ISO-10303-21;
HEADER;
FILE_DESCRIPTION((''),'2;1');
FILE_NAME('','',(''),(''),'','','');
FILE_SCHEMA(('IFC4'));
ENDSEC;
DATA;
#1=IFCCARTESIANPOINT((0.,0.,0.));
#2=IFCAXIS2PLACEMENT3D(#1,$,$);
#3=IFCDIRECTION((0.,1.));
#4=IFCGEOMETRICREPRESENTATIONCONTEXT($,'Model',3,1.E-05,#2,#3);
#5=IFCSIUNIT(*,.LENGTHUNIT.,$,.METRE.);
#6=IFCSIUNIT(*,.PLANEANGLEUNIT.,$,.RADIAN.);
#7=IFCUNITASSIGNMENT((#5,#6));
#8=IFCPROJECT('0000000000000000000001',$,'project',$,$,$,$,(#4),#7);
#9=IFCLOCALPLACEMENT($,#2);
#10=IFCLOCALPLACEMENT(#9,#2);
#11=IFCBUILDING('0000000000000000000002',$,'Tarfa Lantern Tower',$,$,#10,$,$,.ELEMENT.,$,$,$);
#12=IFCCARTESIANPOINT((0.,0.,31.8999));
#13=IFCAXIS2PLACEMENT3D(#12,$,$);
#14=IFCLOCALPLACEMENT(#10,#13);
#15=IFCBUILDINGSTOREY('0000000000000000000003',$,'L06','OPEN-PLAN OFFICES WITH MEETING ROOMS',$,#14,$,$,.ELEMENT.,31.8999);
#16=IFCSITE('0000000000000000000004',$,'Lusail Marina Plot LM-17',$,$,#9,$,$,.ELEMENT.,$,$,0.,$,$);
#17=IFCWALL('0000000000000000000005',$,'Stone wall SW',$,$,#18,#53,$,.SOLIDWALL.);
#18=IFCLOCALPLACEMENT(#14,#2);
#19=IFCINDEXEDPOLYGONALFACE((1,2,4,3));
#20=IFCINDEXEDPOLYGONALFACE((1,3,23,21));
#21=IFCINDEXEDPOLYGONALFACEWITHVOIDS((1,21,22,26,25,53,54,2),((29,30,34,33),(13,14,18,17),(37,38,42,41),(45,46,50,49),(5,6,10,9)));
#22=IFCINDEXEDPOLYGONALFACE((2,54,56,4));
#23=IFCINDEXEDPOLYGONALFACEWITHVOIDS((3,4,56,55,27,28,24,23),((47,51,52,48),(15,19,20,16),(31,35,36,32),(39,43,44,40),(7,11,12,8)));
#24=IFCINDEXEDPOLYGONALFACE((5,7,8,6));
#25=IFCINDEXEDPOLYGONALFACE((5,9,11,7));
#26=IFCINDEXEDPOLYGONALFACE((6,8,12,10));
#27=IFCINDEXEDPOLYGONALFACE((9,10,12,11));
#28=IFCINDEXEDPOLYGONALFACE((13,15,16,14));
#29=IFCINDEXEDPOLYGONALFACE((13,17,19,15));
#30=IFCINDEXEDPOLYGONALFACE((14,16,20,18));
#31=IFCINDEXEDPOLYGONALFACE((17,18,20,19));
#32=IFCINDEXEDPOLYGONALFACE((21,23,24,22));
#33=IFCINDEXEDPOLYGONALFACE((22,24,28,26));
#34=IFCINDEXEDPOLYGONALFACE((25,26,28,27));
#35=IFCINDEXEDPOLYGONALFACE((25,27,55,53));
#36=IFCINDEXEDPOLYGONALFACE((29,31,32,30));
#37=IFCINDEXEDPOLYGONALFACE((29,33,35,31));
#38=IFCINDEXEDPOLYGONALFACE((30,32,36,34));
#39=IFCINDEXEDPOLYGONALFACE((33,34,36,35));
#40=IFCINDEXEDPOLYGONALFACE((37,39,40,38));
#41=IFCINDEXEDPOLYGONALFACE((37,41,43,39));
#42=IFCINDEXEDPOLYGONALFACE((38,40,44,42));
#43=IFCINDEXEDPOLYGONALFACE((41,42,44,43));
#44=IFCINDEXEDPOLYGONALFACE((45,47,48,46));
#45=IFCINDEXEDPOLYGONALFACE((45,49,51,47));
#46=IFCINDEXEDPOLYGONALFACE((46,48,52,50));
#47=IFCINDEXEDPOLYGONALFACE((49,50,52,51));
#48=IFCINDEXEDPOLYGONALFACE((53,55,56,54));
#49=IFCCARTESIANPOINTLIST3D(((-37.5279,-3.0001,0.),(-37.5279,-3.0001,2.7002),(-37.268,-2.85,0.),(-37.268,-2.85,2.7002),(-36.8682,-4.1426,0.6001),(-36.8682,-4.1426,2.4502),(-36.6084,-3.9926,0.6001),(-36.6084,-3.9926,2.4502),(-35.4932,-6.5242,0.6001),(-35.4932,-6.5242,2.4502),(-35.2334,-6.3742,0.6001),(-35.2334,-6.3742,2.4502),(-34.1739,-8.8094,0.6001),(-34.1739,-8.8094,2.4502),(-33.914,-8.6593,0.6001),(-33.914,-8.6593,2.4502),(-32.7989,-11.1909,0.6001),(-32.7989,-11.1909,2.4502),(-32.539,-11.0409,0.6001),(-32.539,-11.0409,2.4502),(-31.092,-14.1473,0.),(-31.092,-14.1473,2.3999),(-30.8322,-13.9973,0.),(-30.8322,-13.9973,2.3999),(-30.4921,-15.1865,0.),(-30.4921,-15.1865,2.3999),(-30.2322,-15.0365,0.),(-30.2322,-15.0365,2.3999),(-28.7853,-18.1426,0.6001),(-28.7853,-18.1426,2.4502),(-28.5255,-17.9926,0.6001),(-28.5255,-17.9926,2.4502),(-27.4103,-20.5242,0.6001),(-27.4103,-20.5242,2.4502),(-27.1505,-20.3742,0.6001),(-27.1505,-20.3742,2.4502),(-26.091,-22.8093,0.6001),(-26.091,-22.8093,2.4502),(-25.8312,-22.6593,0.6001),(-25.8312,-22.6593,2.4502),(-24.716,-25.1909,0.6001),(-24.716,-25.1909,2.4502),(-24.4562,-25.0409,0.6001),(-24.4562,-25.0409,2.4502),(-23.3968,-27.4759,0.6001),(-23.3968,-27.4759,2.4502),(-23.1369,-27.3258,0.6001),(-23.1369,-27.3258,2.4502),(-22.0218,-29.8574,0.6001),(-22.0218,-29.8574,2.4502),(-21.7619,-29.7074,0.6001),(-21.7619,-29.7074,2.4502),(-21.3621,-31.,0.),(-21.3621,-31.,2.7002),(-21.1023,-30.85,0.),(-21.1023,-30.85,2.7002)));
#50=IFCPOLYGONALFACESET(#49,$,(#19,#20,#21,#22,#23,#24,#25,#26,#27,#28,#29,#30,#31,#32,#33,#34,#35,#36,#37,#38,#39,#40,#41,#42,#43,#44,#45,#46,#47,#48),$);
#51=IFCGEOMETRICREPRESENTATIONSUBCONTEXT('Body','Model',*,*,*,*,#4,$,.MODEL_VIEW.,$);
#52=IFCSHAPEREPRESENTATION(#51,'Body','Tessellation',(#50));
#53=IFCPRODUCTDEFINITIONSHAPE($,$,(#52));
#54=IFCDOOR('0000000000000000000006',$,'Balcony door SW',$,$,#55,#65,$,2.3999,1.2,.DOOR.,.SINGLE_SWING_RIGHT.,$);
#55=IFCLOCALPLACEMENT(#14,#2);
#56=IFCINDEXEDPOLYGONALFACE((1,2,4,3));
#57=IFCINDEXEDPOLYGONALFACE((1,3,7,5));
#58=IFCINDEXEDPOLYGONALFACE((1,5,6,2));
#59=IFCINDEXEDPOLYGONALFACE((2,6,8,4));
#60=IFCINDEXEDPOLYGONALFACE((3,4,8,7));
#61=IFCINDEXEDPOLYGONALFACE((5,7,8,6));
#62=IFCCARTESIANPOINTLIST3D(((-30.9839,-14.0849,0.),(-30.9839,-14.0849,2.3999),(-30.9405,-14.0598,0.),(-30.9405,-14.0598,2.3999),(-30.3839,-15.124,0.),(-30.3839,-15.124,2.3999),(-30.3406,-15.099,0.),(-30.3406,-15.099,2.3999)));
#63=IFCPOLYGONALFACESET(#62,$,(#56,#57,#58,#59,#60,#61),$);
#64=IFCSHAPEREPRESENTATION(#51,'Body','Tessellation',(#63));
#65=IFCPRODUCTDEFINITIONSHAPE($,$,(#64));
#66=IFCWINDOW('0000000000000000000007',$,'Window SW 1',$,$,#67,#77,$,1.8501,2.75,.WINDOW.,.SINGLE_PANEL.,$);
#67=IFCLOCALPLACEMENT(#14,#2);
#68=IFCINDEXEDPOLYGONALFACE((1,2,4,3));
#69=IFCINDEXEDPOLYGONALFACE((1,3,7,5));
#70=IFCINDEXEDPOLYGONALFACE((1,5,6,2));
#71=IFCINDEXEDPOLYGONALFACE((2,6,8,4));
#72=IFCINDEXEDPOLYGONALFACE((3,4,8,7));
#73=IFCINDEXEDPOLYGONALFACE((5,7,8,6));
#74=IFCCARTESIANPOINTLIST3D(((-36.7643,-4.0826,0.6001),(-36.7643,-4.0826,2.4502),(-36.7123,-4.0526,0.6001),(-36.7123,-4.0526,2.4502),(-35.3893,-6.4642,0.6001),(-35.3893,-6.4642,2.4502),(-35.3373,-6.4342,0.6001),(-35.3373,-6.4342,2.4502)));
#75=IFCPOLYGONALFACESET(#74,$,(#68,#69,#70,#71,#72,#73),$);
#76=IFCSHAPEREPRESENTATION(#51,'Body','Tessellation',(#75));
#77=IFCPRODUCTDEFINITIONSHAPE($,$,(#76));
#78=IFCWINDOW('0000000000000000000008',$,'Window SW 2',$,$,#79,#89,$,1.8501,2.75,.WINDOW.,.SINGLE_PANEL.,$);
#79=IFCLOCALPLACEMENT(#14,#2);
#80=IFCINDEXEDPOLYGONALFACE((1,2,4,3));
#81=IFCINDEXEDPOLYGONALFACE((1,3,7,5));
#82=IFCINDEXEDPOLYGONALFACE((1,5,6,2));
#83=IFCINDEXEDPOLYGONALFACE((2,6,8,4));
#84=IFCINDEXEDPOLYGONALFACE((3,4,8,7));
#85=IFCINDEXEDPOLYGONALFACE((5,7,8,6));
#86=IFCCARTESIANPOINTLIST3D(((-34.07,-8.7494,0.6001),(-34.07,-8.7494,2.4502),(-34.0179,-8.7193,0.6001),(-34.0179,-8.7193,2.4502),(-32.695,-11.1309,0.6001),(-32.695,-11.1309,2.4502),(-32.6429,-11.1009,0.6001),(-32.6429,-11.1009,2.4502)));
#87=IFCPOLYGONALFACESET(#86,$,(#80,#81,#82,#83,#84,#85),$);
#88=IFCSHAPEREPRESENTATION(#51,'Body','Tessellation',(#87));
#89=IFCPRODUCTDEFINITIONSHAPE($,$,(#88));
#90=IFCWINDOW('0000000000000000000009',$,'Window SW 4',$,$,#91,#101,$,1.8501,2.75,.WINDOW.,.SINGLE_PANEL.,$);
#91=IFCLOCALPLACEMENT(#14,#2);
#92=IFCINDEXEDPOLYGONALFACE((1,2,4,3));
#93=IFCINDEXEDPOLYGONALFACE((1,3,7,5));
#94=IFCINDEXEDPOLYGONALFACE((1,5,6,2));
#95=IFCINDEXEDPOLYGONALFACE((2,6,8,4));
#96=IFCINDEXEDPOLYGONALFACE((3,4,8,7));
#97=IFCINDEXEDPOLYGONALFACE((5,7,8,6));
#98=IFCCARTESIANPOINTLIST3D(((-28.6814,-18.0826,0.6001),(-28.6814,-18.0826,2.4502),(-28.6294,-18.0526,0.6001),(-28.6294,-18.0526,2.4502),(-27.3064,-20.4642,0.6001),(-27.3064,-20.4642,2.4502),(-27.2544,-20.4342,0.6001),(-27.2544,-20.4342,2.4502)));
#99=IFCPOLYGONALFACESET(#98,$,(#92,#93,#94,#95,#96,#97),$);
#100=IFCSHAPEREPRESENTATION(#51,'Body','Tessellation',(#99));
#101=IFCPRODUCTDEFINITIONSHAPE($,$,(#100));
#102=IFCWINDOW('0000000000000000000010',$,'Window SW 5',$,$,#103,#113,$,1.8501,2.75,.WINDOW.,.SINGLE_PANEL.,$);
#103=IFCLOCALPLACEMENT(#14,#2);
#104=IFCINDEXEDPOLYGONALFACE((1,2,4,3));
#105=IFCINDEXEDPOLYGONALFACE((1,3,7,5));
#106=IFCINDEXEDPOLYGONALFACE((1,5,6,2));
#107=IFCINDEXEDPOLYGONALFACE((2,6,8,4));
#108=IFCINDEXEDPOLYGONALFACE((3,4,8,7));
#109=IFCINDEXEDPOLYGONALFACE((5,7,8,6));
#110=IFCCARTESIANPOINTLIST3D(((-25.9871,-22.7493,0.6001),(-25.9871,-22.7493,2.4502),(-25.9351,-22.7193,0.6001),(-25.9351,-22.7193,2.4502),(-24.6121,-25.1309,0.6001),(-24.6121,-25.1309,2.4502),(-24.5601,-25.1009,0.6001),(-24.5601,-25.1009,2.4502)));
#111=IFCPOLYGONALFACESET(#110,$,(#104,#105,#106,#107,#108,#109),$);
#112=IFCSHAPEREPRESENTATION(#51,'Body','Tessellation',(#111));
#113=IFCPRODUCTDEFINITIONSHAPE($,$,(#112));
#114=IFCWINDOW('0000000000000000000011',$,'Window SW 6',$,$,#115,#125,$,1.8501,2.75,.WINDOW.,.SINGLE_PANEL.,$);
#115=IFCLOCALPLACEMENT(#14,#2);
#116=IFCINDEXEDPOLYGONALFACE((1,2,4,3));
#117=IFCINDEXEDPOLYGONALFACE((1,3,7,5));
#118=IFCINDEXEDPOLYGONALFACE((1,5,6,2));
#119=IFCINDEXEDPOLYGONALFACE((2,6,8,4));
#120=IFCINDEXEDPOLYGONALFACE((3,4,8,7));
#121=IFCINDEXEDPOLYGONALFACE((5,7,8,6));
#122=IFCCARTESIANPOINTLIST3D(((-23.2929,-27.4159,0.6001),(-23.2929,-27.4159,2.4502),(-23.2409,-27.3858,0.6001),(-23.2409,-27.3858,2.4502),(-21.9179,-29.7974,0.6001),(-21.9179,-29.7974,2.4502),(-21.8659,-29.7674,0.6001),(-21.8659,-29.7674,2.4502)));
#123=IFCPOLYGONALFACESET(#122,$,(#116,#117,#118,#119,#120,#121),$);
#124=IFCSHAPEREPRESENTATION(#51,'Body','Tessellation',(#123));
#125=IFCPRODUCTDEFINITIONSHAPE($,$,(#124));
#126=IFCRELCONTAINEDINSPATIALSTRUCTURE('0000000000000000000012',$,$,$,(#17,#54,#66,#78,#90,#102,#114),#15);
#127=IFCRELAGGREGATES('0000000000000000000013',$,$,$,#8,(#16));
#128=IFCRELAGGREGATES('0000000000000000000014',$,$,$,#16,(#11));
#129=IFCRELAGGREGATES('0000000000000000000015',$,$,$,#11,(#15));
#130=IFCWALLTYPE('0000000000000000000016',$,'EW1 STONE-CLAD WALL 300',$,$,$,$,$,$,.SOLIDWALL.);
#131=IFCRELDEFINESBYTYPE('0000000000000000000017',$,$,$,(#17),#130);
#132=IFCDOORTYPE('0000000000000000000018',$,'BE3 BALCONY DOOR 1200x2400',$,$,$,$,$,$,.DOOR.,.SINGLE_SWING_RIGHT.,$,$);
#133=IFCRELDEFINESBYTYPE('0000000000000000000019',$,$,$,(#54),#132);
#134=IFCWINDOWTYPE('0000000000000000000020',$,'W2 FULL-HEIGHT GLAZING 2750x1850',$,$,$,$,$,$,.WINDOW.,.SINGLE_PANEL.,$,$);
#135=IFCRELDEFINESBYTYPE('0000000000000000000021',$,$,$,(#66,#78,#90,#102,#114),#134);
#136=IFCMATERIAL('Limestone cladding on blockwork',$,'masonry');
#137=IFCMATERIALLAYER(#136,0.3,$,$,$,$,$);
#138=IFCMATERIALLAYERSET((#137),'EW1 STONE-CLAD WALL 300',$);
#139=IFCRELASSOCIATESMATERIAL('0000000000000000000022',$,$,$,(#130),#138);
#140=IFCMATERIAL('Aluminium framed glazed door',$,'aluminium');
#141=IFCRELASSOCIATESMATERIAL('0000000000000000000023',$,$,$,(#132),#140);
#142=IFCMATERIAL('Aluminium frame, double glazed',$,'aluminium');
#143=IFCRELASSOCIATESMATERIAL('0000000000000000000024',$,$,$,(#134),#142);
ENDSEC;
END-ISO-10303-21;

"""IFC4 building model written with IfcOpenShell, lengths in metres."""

from ifc_helpers import new_model, si_unit, direction, frame, frame_2d, origin, place, context, subcontext, project, spatial, rectangle, extrude, material, layer, layer_set, type_object, element, fill, save


model = new_model("IFC4")

# Units and contexts
model_context = context("Model", 3, precision=1e-05, world=origin(), true_north=direction((0.0, 1.0)))
body_context = subcontext(model_context, "Body", "Model", "MODEL_VIEW")
ifc_project = project(units=[si_unit("LENGTHUNIT", "METRE"), si_unit("PLANEANGLEUNIT", "RADIAN")], contexts=[model_context])

# Site, building, storey
site_placement = place(None, origin())
site = spatial("IfcSite", under=ifc_project, at=site_placement, Name="Lusail Marina Plot LM-17", CompositionType="ELEMENT", RefElevation=0.0)
building_placement = place(site_placement, origin())
building = spatial("IfcBuilding", under=site, at=building_placement, Name="Tarfa Lantern Tower", CompositionType="ELEMENT")
storey_placement = place(building_placement, frame((0.0, 0.0, 31.8999)))
storey = spatial("IfcBuildingStorey", under=building, at=storey_placement, Name="L06", Description="OPEN-PLAN OFFICES WITH MEETING ROOMS", CompositionType="ELEMENT", Elevation=31.8999)

# Wall, openings, door, windows
ifc_material_1 = material(Name="Limestone cladding on blockwork", Category="masonry")
ifc_layer_1 = layer(ifc_material_1, 0.3)
ifc_layer_set_1 = layer_set([ifc_layer_1], Name="EW1 STONE-CLAD WALL 300")
wall_type = type_object("IfcWallType", Name="EW1 STONE-CLAD WALL 300", PredefinedType="SOLIDWALL", material=ifc_layer_set_1)
wall_placement = place(storey_placement, frame((-37.3979, -2.925, 0.0), z_axis=(0.0, 0.0, 1.0), x_axis=(0.499999, -0.866026, 0.0)))
wall = element("IfcWall", 1, at=wall_placement, inside=storey, type_object=wall_type, Name="Stone wall SW", PredefinedType="SOLIDWALL", context=body_context, shape_type="SweptSolid", body=[
    extrude(rectangle(XDim=32.3315, YDim=0.3, at=frame_2d((16.1658, 0.0))), origin(), (0.0, 0.0, 1.0), 2.7002),
])
opening_1_placement = place(wall_placement, frame((1.3193, 0.0, 0.6001)))
opening_1 = element("IfcOpeningElement", 2, at=opening_1_placement, cuts=wall, PredefinedType="OPENING", context=body_context, shape_type="SweptSolid", body=[
    extrude(rectangle(XDim=2.75, YDim=1.8501, at=frame_2d((1.375, 0.925))), frame((0.0, 0.1599, 0.0), z_axis=(0.0, -1.0, 0.0), x_axis=(1.0, 0.0, 0.0)), (0.0, 0.0, 1.0), 0.3201),
])
opening_2_placement = place(wall_placement, frame((6.708, 0.0, 0.6001)))
opening_2 = element("IfcOpeningElement", 3, at=opening_2_placement, cuts=wall, PredefinedType="OPENING", context=body_context, shape_type="SweptSolid", body=[
    extrude(rectangle(XDim=2.75, YDim=1.8501, at=frame_2d((1.375, 0.925))), frame((0.0, 0.1599, 0.0), z_axis=(0.0, -1.0, 0.0), x_axis=(1.0, 0.0, 0.0)), (0.0, 0.0, 1.0), 0.3201),
])
opening_3_placement = place(wall_placement, frame((12.8716, 0.0, 0.0)))
opening_3 = element("IfcOpeningElement", 4, at=opening_3_placement, cuts=wall, PredefinedType="OPENING", context=body_context, shape_type="SweptSolid", body=[
    extrude(rectangle(XDim=1.2, YDim=2.3999, at=frame_2d((0.6001, 1.2))), frame((0.0, 0.1599, 0.0), z_axis=(0.0, -1.0, 0.0), x_axis=(1.0, 0.0, 0.0)), (0.0, 0.0, 1.0), 0.3201),
])
opening_4_placement = place(wall_placement, frame((17.4851, 0.0, 0.6001)))
opening_4 = element("IfcOpeningElement", 5, at=opening_4_placement, cuts=wall, PredefinedType="OPENING", context=body_context, shape_type="SweptSolid", body=[
    extrude(rectangle(XDim=2.75, YDim=1.8501, at=frame_2d((1.375, 0.925))), frame((0.0, 0.1599, 0.0), z_axis=(0.0, -1.0, 0.0), x_axis=(1.0, 0.0, 0.0)), (0.0, 0.0, 1.0), 0.3201),
])
opening_5_placement = place(wall_placement, frame((22.8738, 0.0, 0.6001)))
opening_5 = element("IfcOpeningElement", 6, at=opening_5_placement, cuts=wall, PredefinedType="OPENING", context=body_context, shape_type="SweptSolid", body=[
    extrude(rectangle(XDim=2.75, YDim=1.8501, at=frame_2d((1.375, 0.925))), frame((0.0, 0.1599, 0.0), z_axis=(0.0, -1.0, 0.0), x_axis=(1.0, 0.0, 0.0)), (0.0, 0.0, 1.0), 0.3201),
])
opening_6_placement = place(wall_placement, frame((28.2622, 0.0, 0.6001)))
opening_6 = element("IfcOpeningElement", 7, at=opening_6_placement, cuts=wall, PredefinedType="OPENING", context=body_context, shape_type="SweptSolid", body=[
    extrude(rectangle(XDim=2.75, YDim=1.8501, at=frame_2d((1.375, 0.925))), frame((0.0, 0.1599, 0.0), z_axis=(0.0, -1.0, 0.0), x_axis=(1.0, 0.0, 0.0)), (0.0, 0.0, 1.0), 0.3201),
])
ifc_material_2 = material(Name="Aluminium framed glazed door", Category="aluminium")
door_type = type_object("IfcDoorType", Name="BE3 BALCONY DOOR 1200x2400", OperationType="SINGLE_SWING_RIGHT", PredefinedType="DOOR", material=ifc_material_2)
door_placement = place(opening_3_placement, origin())
door = element("IfcDoor", 8, at=door_placement, inside=storey, type_object=door_type, Name="Balcony door SW", OperationType="SINGLE_SWING_RIGHT", OverallHeight=2.3999, OverallWidth=1.2, PredefinedType="DOOR", context=body_context, shape_type="SweptSolid", body=[
    extrude(rectangle(XDim=1.2, YDim=2.3999, at=frame_2d((0.6001, 1.2))), frame((0.0, 0.0249, 0.0), z_axis=(0.0, -1.0, 0.0), x_axis=(1.0, 0.0, 0.0)), (0.0, 0.0, 1.0), 0.05),
])
fill(opening_3, door)
ifc_material_3 = material(Name="Aluminium frame, double glazed", Category="aluminium")
window_type = type_object("IfcWindowType", Name="W2 FULL-HEIGHT GLAZING 2750x1850", PartitioningType="SINGLE_PANEL", PredefinedType="WINDOW", material=ifc_material_3)
window_1_placement = place(opening_1_placement, origin())
window_1 = element("IfcWindow", 9, at=window_1_placement, inside=storey, type_object=window_type, Name="Window SW 1", OverallHeight=1.8501, OverallWidth=2.75, PartitioningType="SINGLE_PANEL", PredefinedType="WINDOW", context=body_context, shape_type="SweptSolid", body=[
    extrude(rectangle(XDim=2.75, YDim=1.8501, at=frame_2d((1.375, 0.925))), frame((0.0, 0.03, 0.0), z_axis=(0.0, -1.0, 0.0), x_axis=(1.0, 0.0, 0.0)), (0.0, 0.0, 1.0), 0.0601),
])
fill(opening_1, window_1)
window_2_placement = place(opening_2_placement, origin())
window_2 = element("IfcWindow", 10, at=window_2_placement, inside=storey, type_object=window_type, Name="Window SW 2", OverallHeight=1.8501, OverallWidth=2.75, PartitioningType="SINGLE_PANEL", PredefinedType="WINDOW", context=body_context, shape_type="SweptSolid", body=[
    extrude(rectangle(XDim=2.75, YDim=1.8501, at=frame_2d((1.375, 0.925))), frame((0.0, 0.03, 0.0), z_axis=(0.0, -1.0, 0.0), x_axis=(1.0, 0.0, 0.0)), (0.0, 0.0, 1.0), 0.0601),
])
fill(opening_2, window_2)
window_3_placement = place(opening_4_placement, origin())
window_3 = element("IfcWindow", 11, at=window_3_placement, inside=storey, type_object=window_type, Name="Window SW 4", OverallHeight=1.8501, OverallWidth=2.75, PartitioningType="SINGLE_PANEL", PredefinedType="WINDOW", context=body_context, shape_type="SweptSolid", body=[
    extrude(rectangle(XDim=2.75, YDim=1.8501, at=frame_2d((1.375, 0.925))), frame((0.0, 0.03, 0.0), z_axis=(0.0, -1.0, 0.0), x_axis=(1.0, 0.0, 0.0)), (0.0, 0.0, 1.0), 0.0601),
])
fill(opening_4, window_3)
window_4_placement = place(opening_5_placement, origin())
window_4 = element("IfcWindow", 12, at=window_4_placement, inside=storey, type_object=window_type, Name="Window SW 5", OverallHeight=1.8501, OverallWidth=2.75, PartitioningType="SINGLE_PANEL", PredefinedType="WINDOW", context=body_context, shape_type="SweptSolid", body=[
    extrude(rectangle(XDim=2.75, YDim=1.8501, at=frame_2d((1.375, 0.925))), frame((0.0, 0.03, 0.0), z_axis=(0.0, -1.0, 0.0), x_axis=(1.0, 0.0, 0.0)), (0.0, 0.0, 1.0), 0.0601),
])
fill(opening_5, window_4)
window_5_placement = place(opening_6_placement, origin())
window_5 = element("IfcWindow", 13, at=window_5_placement, inside=storey, type_object=window_type, Name="Window SW 6", OverallHeight=1.8501, OverallWidth=2.75, PartitioningType="SINGLE_PANEL", PredefinedType="WINDOW", context=body_context, shape_type="SweptSolid", body=[
    extrude(rectangle(XDim=2.75, YDim=1.8501, at=frame_2d((1.375, 0.925))), frame((0.0, 0.03, 0.0), z_axis=(0.0, -1.0, 0.0), x_axis=(1.0, 0.0, 0.0)), (0.0, 0.0, 1.0), 0.0601),
])
fill(opening_6, window_5)

save(model, "model.ifc")
